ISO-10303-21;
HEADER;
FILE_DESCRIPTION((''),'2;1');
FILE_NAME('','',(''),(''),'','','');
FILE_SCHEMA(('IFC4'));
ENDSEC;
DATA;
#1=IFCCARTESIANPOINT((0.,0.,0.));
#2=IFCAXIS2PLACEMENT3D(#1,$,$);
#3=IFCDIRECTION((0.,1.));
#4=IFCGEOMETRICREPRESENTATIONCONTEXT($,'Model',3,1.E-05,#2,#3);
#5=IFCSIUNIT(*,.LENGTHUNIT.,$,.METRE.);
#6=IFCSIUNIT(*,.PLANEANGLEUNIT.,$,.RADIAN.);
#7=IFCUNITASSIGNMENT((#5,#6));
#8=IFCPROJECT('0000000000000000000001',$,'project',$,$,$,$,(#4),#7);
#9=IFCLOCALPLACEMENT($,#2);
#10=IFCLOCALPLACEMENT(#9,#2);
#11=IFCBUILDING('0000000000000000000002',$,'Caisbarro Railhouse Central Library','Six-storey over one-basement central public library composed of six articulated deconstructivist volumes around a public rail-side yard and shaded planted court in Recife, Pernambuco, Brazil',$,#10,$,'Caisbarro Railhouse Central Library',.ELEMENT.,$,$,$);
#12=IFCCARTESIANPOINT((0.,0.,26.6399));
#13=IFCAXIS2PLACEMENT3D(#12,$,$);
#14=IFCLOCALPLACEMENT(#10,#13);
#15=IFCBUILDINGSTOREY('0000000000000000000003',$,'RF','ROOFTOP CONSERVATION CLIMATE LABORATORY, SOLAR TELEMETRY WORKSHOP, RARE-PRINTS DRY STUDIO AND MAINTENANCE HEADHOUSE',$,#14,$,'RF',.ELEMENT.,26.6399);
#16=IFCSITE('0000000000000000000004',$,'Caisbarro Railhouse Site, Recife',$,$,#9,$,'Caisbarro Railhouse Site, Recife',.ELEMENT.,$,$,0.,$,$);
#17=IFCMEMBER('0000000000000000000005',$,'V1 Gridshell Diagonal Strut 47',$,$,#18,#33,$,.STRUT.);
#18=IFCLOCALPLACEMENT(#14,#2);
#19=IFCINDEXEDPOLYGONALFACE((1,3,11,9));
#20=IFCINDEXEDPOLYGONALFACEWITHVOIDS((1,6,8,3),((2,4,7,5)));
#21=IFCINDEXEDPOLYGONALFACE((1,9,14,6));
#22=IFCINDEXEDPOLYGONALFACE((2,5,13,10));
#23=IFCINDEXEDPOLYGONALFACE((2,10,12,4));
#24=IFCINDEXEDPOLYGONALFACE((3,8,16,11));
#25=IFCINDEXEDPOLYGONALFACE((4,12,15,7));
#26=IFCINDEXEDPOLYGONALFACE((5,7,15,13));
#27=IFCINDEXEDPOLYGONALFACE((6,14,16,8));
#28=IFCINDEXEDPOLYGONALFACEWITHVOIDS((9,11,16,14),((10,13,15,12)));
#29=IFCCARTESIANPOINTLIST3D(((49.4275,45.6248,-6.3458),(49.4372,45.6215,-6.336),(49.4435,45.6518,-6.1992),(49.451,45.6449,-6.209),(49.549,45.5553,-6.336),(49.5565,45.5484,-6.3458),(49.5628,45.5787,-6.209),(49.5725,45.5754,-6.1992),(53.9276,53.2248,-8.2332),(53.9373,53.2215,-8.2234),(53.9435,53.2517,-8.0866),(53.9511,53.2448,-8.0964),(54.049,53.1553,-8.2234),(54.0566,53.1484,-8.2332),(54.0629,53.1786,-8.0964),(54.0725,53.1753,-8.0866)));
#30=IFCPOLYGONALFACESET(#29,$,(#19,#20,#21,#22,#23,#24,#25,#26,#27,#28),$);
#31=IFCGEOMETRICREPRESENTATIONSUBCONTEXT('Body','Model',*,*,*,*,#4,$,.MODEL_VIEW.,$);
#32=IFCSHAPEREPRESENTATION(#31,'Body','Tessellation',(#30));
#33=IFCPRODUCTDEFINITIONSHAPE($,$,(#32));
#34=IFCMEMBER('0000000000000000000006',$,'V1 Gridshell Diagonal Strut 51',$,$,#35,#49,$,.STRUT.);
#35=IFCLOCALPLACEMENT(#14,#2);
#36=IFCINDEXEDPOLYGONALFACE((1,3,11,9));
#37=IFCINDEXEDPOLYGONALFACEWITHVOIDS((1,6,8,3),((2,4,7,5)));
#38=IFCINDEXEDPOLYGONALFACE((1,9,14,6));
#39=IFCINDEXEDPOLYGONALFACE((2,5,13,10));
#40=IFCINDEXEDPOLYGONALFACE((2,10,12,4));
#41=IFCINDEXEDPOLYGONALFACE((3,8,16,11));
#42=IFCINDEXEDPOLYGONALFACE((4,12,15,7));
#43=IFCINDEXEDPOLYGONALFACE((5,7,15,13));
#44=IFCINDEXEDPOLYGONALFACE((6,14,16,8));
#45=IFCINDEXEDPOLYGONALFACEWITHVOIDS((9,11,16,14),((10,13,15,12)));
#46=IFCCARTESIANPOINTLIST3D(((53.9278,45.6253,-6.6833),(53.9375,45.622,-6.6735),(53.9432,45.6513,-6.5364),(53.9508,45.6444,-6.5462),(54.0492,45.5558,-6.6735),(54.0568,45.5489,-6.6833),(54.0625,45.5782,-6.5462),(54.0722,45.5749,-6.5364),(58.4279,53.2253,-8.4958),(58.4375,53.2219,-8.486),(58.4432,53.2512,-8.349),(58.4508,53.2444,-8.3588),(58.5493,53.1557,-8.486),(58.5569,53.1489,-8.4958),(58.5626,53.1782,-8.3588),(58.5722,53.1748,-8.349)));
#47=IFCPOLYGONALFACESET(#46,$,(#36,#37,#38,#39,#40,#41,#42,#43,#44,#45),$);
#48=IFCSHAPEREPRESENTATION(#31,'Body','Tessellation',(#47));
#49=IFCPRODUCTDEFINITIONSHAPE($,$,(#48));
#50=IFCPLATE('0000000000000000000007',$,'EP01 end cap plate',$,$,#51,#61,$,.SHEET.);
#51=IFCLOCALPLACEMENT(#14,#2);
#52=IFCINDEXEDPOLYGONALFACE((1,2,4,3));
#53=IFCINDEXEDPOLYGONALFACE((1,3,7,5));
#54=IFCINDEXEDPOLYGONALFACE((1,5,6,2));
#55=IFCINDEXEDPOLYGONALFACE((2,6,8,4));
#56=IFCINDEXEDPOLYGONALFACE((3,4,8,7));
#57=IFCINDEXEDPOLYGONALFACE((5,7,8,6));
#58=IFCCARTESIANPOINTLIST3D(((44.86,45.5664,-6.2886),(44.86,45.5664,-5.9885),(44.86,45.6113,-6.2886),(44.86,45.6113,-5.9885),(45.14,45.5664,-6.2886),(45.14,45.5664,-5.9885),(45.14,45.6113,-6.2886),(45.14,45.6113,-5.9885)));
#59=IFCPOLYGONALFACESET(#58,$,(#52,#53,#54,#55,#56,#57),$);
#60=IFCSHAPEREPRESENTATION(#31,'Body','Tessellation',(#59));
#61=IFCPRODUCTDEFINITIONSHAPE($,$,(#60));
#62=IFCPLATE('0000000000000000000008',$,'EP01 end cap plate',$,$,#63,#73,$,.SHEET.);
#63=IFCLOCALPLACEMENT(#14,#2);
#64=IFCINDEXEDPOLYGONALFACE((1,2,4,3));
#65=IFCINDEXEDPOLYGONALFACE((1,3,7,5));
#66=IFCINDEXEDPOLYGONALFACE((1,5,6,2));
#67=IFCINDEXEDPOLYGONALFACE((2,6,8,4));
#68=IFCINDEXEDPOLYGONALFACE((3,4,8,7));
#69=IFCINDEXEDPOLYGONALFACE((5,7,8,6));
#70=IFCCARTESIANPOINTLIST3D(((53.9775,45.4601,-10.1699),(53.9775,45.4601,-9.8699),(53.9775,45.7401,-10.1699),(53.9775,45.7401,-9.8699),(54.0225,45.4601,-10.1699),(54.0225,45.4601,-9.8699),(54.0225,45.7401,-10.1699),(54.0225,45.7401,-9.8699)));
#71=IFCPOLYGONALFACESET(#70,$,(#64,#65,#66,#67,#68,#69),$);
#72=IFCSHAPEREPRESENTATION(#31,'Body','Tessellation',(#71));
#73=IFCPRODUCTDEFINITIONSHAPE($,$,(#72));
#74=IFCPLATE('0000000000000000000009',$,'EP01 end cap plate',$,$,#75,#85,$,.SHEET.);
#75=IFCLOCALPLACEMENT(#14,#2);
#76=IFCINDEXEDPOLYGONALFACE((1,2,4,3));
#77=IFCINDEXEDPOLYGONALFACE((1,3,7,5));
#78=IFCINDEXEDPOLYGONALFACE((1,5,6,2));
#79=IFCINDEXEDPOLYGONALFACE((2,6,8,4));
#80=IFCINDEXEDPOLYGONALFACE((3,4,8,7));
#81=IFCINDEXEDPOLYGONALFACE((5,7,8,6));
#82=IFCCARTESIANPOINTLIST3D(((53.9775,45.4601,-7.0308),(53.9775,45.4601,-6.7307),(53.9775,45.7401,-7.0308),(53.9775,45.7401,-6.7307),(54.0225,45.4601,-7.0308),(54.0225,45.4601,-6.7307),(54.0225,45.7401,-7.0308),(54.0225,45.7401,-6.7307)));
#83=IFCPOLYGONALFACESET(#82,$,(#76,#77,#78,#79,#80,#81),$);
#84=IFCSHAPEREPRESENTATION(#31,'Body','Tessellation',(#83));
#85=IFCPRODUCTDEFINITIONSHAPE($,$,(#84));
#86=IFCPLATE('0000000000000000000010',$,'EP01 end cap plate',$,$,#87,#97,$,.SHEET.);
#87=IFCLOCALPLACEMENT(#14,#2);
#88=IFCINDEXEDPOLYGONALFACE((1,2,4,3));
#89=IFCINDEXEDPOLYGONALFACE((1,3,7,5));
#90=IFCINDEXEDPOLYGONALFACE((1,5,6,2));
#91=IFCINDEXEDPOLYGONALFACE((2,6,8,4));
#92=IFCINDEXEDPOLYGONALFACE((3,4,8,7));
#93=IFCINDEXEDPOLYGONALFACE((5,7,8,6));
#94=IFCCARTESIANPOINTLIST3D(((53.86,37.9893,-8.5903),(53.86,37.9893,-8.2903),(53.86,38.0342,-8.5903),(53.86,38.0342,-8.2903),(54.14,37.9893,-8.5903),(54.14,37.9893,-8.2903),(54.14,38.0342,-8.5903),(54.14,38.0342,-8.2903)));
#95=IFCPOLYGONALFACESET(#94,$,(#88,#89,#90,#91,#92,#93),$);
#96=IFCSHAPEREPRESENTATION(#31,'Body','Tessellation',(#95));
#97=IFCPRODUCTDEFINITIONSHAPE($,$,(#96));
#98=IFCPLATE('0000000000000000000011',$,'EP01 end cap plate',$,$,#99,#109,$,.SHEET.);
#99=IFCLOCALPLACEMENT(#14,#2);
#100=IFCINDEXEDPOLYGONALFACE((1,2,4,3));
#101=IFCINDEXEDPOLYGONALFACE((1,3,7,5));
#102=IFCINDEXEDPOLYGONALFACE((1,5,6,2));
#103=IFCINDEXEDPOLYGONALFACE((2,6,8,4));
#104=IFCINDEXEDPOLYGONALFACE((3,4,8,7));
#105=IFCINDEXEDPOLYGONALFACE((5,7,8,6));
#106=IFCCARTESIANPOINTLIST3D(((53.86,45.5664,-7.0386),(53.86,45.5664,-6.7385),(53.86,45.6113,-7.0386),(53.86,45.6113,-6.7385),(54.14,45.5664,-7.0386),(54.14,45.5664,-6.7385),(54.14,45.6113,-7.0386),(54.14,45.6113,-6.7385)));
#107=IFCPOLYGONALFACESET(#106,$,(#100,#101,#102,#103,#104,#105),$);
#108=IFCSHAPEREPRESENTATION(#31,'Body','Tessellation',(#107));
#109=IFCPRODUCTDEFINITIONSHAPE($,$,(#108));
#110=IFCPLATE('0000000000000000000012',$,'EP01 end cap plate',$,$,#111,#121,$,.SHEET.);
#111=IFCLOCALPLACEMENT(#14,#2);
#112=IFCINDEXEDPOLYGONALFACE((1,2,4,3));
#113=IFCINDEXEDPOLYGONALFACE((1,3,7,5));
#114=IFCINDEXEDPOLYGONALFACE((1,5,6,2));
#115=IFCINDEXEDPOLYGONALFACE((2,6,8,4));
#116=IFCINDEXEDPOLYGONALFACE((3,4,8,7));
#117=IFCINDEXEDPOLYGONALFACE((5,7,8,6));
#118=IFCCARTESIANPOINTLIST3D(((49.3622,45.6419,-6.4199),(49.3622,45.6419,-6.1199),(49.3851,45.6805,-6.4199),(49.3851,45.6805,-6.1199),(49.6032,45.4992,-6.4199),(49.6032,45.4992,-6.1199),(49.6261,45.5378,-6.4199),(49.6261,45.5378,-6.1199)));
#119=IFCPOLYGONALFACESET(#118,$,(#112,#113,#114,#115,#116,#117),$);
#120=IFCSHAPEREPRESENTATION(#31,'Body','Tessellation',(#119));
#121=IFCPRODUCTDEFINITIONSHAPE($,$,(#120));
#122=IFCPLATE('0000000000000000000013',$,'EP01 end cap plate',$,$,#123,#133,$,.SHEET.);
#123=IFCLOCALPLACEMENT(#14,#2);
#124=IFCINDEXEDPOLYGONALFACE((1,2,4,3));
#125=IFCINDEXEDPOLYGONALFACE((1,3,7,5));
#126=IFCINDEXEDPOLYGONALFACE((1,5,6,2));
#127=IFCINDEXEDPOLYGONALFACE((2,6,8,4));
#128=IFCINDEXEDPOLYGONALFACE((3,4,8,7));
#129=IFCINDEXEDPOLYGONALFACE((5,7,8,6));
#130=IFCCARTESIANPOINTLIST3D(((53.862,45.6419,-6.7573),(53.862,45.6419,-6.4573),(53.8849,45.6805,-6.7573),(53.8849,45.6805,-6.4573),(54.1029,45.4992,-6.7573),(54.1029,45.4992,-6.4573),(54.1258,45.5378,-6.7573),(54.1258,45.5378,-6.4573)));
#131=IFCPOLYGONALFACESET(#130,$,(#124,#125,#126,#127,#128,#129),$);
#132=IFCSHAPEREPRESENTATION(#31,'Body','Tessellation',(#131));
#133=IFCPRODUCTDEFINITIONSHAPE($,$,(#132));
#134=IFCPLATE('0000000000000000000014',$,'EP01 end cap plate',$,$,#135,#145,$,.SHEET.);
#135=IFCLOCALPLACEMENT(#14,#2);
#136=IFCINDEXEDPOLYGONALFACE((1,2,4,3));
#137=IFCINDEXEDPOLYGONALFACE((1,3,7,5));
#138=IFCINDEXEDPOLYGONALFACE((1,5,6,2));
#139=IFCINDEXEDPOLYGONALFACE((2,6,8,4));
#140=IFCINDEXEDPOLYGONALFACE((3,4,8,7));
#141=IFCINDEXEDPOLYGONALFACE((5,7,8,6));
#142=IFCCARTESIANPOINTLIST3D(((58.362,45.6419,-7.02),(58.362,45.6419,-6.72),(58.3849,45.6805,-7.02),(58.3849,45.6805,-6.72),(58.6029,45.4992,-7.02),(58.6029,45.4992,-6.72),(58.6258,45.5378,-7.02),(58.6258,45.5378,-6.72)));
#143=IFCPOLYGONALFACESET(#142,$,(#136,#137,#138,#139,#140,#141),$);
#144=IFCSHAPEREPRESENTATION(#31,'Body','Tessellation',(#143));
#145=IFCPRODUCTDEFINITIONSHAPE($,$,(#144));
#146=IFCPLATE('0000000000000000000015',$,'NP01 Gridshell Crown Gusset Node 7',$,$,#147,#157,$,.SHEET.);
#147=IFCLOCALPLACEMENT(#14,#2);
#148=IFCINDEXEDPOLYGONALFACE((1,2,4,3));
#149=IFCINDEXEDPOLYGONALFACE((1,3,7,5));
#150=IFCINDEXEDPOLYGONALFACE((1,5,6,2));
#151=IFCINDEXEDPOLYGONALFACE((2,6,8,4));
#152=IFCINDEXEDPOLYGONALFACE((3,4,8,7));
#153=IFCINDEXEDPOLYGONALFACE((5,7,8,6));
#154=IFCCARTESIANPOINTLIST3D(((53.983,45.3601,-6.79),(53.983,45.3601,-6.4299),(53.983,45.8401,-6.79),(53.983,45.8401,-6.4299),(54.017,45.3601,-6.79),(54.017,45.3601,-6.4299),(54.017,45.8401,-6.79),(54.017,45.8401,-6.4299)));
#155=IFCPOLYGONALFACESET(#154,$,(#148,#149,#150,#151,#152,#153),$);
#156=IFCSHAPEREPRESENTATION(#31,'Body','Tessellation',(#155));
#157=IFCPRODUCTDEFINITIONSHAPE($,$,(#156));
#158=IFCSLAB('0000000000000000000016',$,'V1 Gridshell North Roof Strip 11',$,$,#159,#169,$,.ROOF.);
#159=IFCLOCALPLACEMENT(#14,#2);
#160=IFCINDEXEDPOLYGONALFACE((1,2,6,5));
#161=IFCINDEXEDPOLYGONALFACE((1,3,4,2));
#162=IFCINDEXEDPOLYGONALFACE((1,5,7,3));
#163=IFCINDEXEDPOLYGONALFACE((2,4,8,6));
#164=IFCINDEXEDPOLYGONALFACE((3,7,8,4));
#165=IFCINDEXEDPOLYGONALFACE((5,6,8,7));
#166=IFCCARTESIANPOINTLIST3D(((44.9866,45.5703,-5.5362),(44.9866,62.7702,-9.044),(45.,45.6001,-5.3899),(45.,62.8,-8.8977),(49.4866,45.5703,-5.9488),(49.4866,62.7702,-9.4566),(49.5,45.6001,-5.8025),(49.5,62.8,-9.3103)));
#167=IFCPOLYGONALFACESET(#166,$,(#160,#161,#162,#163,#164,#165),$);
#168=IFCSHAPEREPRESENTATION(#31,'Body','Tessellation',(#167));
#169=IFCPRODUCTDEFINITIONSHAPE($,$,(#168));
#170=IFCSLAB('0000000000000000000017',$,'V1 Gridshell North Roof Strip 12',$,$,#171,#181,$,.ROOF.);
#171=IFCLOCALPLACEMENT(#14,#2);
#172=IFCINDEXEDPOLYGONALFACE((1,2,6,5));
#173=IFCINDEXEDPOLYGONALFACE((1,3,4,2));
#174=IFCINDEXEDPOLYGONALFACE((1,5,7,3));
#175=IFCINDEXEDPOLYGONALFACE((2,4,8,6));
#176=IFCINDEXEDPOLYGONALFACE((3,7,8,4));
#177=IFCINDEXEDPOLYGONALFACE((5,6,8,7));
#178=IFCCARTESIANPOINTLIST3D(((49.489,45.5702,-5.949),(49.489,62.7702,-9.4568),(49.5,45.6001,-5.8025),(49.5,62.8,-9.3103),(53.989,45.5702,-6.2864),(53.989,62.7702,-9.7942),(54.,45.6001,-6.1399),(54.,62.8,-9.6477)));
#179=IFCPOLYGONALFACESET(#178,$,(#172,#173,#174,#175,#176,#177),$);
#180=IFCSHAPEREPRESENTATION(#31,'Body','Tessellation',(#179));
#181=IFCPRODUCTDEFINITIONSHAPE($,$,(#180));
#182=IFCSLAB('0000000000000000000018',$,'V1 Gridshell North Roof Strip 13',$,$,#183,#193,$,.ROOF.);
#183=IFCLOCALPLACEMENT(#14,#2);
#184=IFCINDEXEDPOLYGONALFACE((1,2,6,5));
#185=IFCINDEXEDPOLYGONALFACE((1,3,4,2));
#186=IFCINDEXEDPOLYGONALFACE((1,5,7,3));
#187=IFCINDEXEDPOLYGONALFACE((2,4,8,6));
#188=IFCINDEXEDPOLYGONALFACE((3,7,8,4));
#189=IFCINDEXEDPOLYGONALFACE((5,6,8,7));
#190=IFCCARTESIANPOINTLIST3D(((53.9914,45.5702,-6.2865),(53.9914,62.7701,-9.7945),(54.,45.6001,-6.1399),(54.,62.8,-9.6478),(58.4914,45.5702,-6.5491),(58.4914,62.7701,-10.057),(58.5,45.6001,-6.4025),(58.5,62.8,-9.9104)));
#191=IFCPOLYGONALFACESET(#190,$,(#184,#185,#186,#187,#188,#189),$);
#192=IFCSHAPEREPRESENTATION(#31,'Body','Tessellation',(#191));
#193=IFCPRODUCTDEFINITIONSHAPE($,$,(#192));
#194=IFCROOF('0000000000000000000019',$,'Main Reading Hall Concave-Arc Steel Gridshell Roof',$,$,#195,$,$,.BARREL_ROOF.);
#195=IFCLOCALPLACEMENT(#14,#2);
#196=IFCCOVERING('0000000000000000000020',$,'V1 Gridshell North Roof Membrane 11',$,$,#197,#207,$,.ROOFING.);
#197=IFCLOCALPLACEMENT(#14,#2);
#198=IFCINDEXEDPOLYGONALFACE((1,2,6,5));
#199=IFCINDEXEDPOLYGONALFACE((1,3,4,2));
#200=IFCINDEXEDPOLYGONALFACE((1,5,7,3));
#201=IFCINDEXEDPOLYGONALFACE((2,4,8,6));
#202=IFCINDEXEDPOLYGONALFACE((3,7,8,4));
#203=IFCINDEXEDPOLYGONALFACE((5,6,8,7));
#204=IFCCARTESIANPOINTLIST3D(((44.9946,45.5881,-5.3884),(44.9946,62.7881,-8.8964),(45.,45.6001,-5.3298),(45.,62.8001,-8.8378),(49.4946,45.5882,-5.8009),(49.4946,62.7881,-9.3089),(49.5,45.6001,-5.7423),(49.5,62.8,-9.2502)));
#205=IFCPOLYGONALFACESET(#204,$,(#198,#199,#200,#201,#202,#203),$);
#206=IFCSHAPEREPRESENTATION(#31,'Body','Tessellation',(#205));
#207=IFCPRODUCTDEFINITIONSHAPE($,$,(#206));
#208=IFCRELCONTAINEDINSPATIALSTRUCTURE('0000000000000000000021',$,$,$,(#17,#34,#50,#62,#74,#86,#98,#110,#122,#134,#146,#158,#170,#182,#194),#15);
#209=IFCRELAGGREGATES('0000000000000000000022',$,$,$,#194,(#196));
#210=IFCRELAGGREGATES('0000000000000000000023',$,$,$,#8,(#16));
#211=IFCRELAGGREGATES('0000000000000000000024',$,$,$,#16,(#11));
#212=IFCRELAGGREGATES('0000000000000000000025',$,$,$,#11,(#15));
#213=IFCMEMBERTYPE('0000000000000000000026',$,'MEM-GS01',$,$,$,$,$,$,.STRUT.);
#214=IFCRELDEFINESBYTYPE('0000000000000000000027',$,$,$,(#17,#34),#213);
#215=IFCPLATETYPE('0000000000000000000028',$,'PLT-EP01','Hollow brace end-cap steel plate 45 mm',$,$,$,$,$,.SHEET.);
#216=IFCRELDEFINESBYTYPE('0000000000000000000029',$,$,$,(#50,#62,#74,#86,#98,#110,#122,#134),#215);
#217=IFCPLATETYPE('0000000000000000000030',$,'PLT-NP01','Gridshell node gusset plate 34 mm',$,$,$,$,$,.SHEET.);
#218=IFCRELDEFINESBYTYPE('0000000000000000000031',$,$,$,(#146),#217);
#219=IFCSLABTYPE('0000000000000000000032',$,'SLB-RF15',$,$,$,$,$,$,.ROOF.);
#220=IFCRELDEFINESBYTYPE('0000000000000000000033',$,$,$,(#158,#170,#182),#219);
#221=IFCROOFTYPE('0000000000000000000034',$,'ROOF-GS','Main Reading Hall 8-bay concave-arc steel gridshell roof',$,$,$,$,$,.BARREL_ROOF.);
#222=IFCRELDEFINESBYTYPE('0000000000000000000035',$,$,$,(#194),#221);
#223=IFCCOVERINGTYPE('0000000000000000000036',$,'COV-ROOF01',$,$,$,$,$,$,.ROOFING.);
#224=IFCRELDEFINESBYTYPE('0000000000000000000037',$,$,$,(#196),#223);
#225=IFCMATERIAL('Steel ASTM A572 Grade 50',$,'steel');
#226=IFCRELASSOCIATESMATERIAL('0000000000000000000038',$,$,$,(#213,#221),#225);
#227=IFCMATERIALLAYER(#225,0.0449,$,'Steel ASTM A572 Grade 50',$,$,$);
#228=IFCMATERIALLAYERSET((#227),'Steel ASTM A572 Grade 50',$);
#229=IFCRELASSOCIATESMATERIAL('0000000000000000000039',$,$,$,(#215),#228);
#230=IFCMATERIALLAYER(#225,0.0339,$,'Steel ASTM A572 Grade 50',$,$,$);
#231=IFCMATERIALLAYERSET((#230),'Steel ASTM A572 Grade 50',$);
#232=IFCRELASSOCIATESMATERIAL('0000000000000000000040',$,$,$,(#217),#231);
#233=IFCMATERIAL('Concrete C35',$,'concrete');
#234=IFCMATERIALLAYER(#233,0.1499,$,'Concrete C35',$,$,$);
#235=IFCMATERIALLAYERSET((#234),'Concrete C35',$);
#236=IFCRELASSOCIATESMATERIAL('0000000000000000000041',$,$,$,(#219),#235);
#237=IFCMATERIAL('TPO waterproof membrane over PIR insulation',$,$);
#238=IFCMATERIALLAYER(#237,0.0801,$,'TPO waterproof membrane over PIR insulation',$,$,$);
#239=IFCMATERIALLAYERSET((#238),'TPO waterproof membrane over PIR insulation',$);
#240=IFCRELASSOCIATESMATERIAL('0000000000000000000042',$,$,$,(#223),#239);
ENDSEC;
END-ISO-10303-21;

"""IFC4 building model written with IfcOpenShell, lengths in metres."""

from ifc_helpers import new_model, si_unit, direction, frame, origin, origin_2d, place, context, subcontext, project, spatial, polyline, rectangle, hollow_rectangle, outline, extrude, material, layer, layer_set, material_profile, profile_set, type_object, element, aggregate, save


model = new_model("IFC4")

# Units and contexts
model_context = context("Model", 3, precision=1e-05, world=origin(), true_north=direction((0.0, 1.0)))
body_context = subcontext(model_context, "Body", "Model", "MODEL_VIEW")
ifc_project = project(units=[si_unit("LENGTHUNIT", "METRE"), si_unit("PLANEANGLEUNIT", "RADIAN")], contexts=[model_context])

# Site, building, storey
site_placement = place(None, origin())
site = spatial("IfcSite", under=ifc_project, at=site_placement, Name="Caisbarro Railhouse Site, Recife", LongName="Caisbarro Railhouse Site, Recife", CompositionType="ELEMENT", RefElevation=0.0)
building_placement = place(site_placement, origin())
building = spatial("IfcBuilding", under=site, at=building_placement, Name="Caisbarro Railhouse Central Library", Description="Six-storey over one-basement central public library composed of six articulated deconstructivist volumes around a public rail-side yard and shaded planted court in Recife, Pernambuco, Brazil", LongName="Caisbarro Railhouse Central Library", CompositionType="ELEMENT")
storey_placement = place(building_placement, frame((0.0, 0.0, 26.6399)))
storey = spatial("IfcBuildingStorey", under=building, at=storey_placement, Name="RF", Description="ROOFTOP CONSERVATION CLIMATE LABORATORY, SOLAR TELEMETRY WORKSHOP, RARE-PRINTS DRY STUDIO AND MAINTENANCE HEADHOUSE", LongName="RF", CompositionType="ELEMENT", Elevation=26.6399)

# Shared definitions
ifc_material_1 = material(Name="Steel ASTM A572 Grade 50", Category="steel")

# Members
ifc_material_profile_1 = material_profile(ifc_material_1, hollow_rectangle(XDim=0.1499, YDim=0.1499, WallThickness=0.01, at=origin_2d()), Name="HSS150X150X10")
ifc_profile_set_1 = profile_set([ifc_material_profile_1], Name="Steel ASTM A572 Grade 50")
member_type = type_object("IfcMemberType", Name="MEM-GS01", PredefinedType="STRUT", material=ifc_profile_set_1)
member_1_placement = place(storey_placement, frame((49.5, 45.6001, -6.2725), z_axis=(0.498249, 0.841471, -0.208982), x_axis=(-0.860471, 0.509499, 0.0)))
element("IfcMember", 1, at=member_1_placement, inside=storey, type_object=member_type, Name="V1 Gridshell Diagonal Strut 47", PredefinedType="STRUT", context=body_context, shape_type="SweptSolid", body=[
    extrude(hollow_rectangle(XDim=0.1499, YDim=0.1499, WallThickness=0.01, at=origin_2d()), origin(), (0.0, 0.0, 1.0), 9.0317),
])
member_2_placement = place(storey_placement, frame((54.0, 45.6001, -6.6099), z_axis=(0.499098, 0.842905, -0.201026), x_axis=(-0.860471, 0.509499, 0.0)))
element("IfcMember", 2, at=member_2_placement, inside=storey, type_object=member_type, Name="V1 Gridshell Diagonal Strut 51", PredefinedType="STRUT", context=body_context, shape_type="SweptSolid", body=[
    extrude(hollow_rectangle(XDim=0.1499, YDim=0.1499, WallThickness=0.01, at=origin_2d()), origin(), (0.0, 0.0, 1.0), 9.0164),
])

# Plates
ifc_layer_1 = layer(ifc_material_1, 0.0449, Name="Steel ASTM A572 Grade 50")
ifc_layer_set_1 = layer_set([ifc_layer_1], Name="Steel ASTM A572 Grade 50")
plate_type_1 = type_object("IfcPlateType", Name="PLT-EP01", Description="Hollow brace end-cap steel plate 45 mm", PredefinedType="SHEET", material=ifc_layer_set_1)
for number, where, z_axis, x_axis, name in (
    (3, (45.0, 45.5889, -6.2886), (0.0, 0.0, 1.0), (0.0, -1.0, 0.0), "EP01 end cap plate"),
    (4, (54.0, 45.6001, -10.1699), (0.0, 0.0, 1.0), (1.0, 0.0, 0.0), "EP01 end cap plate"),
    (5, (54.0, 45.6001, -7.0308), (0.0, 0.0, 1.0), (1.0, 0.0, 0.0), "EP01 end cap plate"),
    (6, (54.0, 38.0117, -8.5903), (0.0, 0.0, 1.0), (0.0, 1.0, 0.0), "EP01 end cap plate"),
    (7, (54.0, 45.5889, -7.0386), (0.0, 0.0, 1.0), (0.0, -1.0, 0.0), "EP01 end cap plate"),
    (8, (49.4941, 45.5898, -6.4199), (0.0, 0.0, 1.0), (0.509492, 0.860475, 0.0), "EP01 end cap plate"),
    (9, (53.9939, 45.5898, -6.7573), (0.0, 0.0, 1.0), (0.509492, 0.860475, 0.0), "EP01 end cap plate"),
    (10, (58.4939, 45.5898, -7.02), (0.0, 0.0, 1.0), (0.509492, 0.860475, 0.0), "EP01 end cap plate"),
):
    element("IfcPlate", number, at=place(storey_placement, frame(where, z_axis=z_axis, x_axis=x_axis)), inside=storey, type_object=plate_type_1, Name=name, PredefinedType="SHEET", context=body_context, shape_type="SweptSolid", body=[
        extrude(rectangle(XDim=0.0449, YDim=0.28, at=origin_2d()), origin(), (0.0, 0.0, 1.0), 0.3),
    ])
ifc_layer_2 = layer(ifc_material_1, 0.0339, Name="Steel ASTM A572 Grade 50")
ifc_layer_set_2 = layer_set([ifc_layer_2], Name="Steel ASTM A572 Grade 50")
plate_type_2 = type_object("IfcPlateType", Name="PLT-NP01", Description="Gridshell node gusset plate 34 mm", PredefinedType="SHEET", material=ifc_layer_set_2)
plate_placement = place(storey_placement, frame((54.0, 45.6001, -6.79), z_axis=(0.0, 0.0, 1.0), x_axis=(0.0, 1.0, 0.0)))
element("IfcPlate", 11, at=plate_placement, inside=storey, type_object=plate_type_2, Name="NP01 Gridshell Crown Gusset Node 7", PredefinedType="SHEET", context=body_context, shape_type="SweptSolid", body=[
    extrude(rectangle(XDim=0.48, YDim=0.0339, at=origin_2d()), origin(), (0.0, 0.0, 1.0), 0.3601),
])

# Slabs
ifc_material_2 = material(Name="Concrete C35", Category="concrete")
ifc_layer_3 = layer(ifc_material_2, 0.1499, Name="Concrete C35")
ifc_layer_set_3 = layer_set([ifc_layer_3], Name="Concrete C35")
slab_type = type_object("IfcSlabType", Name="SLB-RF15", PredefinedType="ROOF", material=ifc_layer_set_3)
slab_1_placement = place(storey_placement, frame((45.0, 45.6001, -5.3899), z_axis=(0.089479, 0.199028, 0.9759), x_axis=(0.995823, 0.0, -0.091305)))
element("IfcSlab", 12, at=slab_1_placement, inside=storey, type_object=slab_type, Name="V1 Gridshell North Roof Strip 11", PredefinedType="ROOF", context=body_context, shape_type="SweptSolid", body=[
    extrude(outline(polyline([(0.0, 0.0), (4.5189, 0.0), (4.8392, 17.5511), (0.3203, 17.5511), (0.0, 0.0)])), origin(), (0.0, 0.0, -1.0), 0.1499),
])
slab_2_placement = place(storey_placement, frame((49.5, 45.6001, -5.8025), z_axis=(0.073269, 0.199293, 0.977197), x_axis=(0.997201, 0.0, -0.074768)))
element("IfcSlab", 13, at=slab_2_placement, inside=storey, type_object=slab_type, Name="V1 Gridshell North Roof Strip 12", PredefinedType="ROOF", context=body_context, shape_type="SweptSolid", body=[
    extrude(outline(polyline([(0.0, 0.0), (4.5126, 0.0), (4.7749, 17.552), (0.2623, 17.552), (0.0, 0.0)])), origin(), (0.0, 0.0, -1.0), 0.1499),
])
slab_3_placement = place(storey_placement, frame((54.0, 45.6001, -6.1399), z_axis=(0.057079, 0.199511, 0.978232), x_axis=(0.998302, -0.000005, -0.058249)))
element("IfcSlab", 14, at=slab_3_placement, inside=storey, type_object=slab_type, Name="V1 Gridshell North Roof Strip 13", PredefinedType="ROOF", context=body_context, shape_type="SweptSolid", body=[
    extrude(outline(polyline([(0.0, 0.0), (4.5076, 0.0), (4.7119, 17.5529), (0.2042, 17.5528), (0.0, 0.0)])), origin(), (0.0, 0.0, -1.0), 0.1499),
])

# Roof, covering
roof_type = type_object("IfcRoofType", Name="ROOF-GS", Description="Main Reading Hall 8-bay concave-arc steel gridshell roof", PredefinedType="BARREL_ROOF", material=ifc_material_1)
roof_placement = place(storey_placement, origin())
roof = element("IfcRoof", 15, at=roof_placement, inside=storey, type_object=roof_type, Name="Main Reading Hall Concave-Arc Steel Gridshell Roof", PredefinedType="BARREL_ROOF")
ifc_material_3 = material(Name="TPO waterproof membrane over PIR insulation")
ifc_layer_4 = layer(ifc_material_3, 0.0801, Name="TPO waterproof membrane over PIR insulation")
ifc_layer_set_4 = layer_set([ifc_layer_4], Name="TPO waterproof membrane over PIR insulation")
covering_type = type_object("IfcCoveringType", Name="COV-ROOF01", PredefinedType="ROOFING", material=ifc_layer_set_4)
covering_1_placement = place(storey_placement, frame((45.0, 45.6001, -5.3298), z_axis=(0.089452, 0.199035, 0.975901), x_axis=(0.995825, 0.000005, -0.09128)))
covering_1 = element("IfcCovering", 16, at=covering_1_placement, type_object=covering_type, Name="V1 Gridshell North Roof Membrane 11", PredefinedType="ROOFING", context=body_context, shape_type="SweptSolid", body=[
    extrude(outline(polyline([(0.0, 0.0), (4.5189, 0.0), (4.8392, 17.5511), (0.3203, 17.5511), (0.0, 0.0)])), origin(), (0.0, 0.0, -1.0), 0.0601),
])
aggregate(roof, [covering_1])

save(model, "model.ifc")
